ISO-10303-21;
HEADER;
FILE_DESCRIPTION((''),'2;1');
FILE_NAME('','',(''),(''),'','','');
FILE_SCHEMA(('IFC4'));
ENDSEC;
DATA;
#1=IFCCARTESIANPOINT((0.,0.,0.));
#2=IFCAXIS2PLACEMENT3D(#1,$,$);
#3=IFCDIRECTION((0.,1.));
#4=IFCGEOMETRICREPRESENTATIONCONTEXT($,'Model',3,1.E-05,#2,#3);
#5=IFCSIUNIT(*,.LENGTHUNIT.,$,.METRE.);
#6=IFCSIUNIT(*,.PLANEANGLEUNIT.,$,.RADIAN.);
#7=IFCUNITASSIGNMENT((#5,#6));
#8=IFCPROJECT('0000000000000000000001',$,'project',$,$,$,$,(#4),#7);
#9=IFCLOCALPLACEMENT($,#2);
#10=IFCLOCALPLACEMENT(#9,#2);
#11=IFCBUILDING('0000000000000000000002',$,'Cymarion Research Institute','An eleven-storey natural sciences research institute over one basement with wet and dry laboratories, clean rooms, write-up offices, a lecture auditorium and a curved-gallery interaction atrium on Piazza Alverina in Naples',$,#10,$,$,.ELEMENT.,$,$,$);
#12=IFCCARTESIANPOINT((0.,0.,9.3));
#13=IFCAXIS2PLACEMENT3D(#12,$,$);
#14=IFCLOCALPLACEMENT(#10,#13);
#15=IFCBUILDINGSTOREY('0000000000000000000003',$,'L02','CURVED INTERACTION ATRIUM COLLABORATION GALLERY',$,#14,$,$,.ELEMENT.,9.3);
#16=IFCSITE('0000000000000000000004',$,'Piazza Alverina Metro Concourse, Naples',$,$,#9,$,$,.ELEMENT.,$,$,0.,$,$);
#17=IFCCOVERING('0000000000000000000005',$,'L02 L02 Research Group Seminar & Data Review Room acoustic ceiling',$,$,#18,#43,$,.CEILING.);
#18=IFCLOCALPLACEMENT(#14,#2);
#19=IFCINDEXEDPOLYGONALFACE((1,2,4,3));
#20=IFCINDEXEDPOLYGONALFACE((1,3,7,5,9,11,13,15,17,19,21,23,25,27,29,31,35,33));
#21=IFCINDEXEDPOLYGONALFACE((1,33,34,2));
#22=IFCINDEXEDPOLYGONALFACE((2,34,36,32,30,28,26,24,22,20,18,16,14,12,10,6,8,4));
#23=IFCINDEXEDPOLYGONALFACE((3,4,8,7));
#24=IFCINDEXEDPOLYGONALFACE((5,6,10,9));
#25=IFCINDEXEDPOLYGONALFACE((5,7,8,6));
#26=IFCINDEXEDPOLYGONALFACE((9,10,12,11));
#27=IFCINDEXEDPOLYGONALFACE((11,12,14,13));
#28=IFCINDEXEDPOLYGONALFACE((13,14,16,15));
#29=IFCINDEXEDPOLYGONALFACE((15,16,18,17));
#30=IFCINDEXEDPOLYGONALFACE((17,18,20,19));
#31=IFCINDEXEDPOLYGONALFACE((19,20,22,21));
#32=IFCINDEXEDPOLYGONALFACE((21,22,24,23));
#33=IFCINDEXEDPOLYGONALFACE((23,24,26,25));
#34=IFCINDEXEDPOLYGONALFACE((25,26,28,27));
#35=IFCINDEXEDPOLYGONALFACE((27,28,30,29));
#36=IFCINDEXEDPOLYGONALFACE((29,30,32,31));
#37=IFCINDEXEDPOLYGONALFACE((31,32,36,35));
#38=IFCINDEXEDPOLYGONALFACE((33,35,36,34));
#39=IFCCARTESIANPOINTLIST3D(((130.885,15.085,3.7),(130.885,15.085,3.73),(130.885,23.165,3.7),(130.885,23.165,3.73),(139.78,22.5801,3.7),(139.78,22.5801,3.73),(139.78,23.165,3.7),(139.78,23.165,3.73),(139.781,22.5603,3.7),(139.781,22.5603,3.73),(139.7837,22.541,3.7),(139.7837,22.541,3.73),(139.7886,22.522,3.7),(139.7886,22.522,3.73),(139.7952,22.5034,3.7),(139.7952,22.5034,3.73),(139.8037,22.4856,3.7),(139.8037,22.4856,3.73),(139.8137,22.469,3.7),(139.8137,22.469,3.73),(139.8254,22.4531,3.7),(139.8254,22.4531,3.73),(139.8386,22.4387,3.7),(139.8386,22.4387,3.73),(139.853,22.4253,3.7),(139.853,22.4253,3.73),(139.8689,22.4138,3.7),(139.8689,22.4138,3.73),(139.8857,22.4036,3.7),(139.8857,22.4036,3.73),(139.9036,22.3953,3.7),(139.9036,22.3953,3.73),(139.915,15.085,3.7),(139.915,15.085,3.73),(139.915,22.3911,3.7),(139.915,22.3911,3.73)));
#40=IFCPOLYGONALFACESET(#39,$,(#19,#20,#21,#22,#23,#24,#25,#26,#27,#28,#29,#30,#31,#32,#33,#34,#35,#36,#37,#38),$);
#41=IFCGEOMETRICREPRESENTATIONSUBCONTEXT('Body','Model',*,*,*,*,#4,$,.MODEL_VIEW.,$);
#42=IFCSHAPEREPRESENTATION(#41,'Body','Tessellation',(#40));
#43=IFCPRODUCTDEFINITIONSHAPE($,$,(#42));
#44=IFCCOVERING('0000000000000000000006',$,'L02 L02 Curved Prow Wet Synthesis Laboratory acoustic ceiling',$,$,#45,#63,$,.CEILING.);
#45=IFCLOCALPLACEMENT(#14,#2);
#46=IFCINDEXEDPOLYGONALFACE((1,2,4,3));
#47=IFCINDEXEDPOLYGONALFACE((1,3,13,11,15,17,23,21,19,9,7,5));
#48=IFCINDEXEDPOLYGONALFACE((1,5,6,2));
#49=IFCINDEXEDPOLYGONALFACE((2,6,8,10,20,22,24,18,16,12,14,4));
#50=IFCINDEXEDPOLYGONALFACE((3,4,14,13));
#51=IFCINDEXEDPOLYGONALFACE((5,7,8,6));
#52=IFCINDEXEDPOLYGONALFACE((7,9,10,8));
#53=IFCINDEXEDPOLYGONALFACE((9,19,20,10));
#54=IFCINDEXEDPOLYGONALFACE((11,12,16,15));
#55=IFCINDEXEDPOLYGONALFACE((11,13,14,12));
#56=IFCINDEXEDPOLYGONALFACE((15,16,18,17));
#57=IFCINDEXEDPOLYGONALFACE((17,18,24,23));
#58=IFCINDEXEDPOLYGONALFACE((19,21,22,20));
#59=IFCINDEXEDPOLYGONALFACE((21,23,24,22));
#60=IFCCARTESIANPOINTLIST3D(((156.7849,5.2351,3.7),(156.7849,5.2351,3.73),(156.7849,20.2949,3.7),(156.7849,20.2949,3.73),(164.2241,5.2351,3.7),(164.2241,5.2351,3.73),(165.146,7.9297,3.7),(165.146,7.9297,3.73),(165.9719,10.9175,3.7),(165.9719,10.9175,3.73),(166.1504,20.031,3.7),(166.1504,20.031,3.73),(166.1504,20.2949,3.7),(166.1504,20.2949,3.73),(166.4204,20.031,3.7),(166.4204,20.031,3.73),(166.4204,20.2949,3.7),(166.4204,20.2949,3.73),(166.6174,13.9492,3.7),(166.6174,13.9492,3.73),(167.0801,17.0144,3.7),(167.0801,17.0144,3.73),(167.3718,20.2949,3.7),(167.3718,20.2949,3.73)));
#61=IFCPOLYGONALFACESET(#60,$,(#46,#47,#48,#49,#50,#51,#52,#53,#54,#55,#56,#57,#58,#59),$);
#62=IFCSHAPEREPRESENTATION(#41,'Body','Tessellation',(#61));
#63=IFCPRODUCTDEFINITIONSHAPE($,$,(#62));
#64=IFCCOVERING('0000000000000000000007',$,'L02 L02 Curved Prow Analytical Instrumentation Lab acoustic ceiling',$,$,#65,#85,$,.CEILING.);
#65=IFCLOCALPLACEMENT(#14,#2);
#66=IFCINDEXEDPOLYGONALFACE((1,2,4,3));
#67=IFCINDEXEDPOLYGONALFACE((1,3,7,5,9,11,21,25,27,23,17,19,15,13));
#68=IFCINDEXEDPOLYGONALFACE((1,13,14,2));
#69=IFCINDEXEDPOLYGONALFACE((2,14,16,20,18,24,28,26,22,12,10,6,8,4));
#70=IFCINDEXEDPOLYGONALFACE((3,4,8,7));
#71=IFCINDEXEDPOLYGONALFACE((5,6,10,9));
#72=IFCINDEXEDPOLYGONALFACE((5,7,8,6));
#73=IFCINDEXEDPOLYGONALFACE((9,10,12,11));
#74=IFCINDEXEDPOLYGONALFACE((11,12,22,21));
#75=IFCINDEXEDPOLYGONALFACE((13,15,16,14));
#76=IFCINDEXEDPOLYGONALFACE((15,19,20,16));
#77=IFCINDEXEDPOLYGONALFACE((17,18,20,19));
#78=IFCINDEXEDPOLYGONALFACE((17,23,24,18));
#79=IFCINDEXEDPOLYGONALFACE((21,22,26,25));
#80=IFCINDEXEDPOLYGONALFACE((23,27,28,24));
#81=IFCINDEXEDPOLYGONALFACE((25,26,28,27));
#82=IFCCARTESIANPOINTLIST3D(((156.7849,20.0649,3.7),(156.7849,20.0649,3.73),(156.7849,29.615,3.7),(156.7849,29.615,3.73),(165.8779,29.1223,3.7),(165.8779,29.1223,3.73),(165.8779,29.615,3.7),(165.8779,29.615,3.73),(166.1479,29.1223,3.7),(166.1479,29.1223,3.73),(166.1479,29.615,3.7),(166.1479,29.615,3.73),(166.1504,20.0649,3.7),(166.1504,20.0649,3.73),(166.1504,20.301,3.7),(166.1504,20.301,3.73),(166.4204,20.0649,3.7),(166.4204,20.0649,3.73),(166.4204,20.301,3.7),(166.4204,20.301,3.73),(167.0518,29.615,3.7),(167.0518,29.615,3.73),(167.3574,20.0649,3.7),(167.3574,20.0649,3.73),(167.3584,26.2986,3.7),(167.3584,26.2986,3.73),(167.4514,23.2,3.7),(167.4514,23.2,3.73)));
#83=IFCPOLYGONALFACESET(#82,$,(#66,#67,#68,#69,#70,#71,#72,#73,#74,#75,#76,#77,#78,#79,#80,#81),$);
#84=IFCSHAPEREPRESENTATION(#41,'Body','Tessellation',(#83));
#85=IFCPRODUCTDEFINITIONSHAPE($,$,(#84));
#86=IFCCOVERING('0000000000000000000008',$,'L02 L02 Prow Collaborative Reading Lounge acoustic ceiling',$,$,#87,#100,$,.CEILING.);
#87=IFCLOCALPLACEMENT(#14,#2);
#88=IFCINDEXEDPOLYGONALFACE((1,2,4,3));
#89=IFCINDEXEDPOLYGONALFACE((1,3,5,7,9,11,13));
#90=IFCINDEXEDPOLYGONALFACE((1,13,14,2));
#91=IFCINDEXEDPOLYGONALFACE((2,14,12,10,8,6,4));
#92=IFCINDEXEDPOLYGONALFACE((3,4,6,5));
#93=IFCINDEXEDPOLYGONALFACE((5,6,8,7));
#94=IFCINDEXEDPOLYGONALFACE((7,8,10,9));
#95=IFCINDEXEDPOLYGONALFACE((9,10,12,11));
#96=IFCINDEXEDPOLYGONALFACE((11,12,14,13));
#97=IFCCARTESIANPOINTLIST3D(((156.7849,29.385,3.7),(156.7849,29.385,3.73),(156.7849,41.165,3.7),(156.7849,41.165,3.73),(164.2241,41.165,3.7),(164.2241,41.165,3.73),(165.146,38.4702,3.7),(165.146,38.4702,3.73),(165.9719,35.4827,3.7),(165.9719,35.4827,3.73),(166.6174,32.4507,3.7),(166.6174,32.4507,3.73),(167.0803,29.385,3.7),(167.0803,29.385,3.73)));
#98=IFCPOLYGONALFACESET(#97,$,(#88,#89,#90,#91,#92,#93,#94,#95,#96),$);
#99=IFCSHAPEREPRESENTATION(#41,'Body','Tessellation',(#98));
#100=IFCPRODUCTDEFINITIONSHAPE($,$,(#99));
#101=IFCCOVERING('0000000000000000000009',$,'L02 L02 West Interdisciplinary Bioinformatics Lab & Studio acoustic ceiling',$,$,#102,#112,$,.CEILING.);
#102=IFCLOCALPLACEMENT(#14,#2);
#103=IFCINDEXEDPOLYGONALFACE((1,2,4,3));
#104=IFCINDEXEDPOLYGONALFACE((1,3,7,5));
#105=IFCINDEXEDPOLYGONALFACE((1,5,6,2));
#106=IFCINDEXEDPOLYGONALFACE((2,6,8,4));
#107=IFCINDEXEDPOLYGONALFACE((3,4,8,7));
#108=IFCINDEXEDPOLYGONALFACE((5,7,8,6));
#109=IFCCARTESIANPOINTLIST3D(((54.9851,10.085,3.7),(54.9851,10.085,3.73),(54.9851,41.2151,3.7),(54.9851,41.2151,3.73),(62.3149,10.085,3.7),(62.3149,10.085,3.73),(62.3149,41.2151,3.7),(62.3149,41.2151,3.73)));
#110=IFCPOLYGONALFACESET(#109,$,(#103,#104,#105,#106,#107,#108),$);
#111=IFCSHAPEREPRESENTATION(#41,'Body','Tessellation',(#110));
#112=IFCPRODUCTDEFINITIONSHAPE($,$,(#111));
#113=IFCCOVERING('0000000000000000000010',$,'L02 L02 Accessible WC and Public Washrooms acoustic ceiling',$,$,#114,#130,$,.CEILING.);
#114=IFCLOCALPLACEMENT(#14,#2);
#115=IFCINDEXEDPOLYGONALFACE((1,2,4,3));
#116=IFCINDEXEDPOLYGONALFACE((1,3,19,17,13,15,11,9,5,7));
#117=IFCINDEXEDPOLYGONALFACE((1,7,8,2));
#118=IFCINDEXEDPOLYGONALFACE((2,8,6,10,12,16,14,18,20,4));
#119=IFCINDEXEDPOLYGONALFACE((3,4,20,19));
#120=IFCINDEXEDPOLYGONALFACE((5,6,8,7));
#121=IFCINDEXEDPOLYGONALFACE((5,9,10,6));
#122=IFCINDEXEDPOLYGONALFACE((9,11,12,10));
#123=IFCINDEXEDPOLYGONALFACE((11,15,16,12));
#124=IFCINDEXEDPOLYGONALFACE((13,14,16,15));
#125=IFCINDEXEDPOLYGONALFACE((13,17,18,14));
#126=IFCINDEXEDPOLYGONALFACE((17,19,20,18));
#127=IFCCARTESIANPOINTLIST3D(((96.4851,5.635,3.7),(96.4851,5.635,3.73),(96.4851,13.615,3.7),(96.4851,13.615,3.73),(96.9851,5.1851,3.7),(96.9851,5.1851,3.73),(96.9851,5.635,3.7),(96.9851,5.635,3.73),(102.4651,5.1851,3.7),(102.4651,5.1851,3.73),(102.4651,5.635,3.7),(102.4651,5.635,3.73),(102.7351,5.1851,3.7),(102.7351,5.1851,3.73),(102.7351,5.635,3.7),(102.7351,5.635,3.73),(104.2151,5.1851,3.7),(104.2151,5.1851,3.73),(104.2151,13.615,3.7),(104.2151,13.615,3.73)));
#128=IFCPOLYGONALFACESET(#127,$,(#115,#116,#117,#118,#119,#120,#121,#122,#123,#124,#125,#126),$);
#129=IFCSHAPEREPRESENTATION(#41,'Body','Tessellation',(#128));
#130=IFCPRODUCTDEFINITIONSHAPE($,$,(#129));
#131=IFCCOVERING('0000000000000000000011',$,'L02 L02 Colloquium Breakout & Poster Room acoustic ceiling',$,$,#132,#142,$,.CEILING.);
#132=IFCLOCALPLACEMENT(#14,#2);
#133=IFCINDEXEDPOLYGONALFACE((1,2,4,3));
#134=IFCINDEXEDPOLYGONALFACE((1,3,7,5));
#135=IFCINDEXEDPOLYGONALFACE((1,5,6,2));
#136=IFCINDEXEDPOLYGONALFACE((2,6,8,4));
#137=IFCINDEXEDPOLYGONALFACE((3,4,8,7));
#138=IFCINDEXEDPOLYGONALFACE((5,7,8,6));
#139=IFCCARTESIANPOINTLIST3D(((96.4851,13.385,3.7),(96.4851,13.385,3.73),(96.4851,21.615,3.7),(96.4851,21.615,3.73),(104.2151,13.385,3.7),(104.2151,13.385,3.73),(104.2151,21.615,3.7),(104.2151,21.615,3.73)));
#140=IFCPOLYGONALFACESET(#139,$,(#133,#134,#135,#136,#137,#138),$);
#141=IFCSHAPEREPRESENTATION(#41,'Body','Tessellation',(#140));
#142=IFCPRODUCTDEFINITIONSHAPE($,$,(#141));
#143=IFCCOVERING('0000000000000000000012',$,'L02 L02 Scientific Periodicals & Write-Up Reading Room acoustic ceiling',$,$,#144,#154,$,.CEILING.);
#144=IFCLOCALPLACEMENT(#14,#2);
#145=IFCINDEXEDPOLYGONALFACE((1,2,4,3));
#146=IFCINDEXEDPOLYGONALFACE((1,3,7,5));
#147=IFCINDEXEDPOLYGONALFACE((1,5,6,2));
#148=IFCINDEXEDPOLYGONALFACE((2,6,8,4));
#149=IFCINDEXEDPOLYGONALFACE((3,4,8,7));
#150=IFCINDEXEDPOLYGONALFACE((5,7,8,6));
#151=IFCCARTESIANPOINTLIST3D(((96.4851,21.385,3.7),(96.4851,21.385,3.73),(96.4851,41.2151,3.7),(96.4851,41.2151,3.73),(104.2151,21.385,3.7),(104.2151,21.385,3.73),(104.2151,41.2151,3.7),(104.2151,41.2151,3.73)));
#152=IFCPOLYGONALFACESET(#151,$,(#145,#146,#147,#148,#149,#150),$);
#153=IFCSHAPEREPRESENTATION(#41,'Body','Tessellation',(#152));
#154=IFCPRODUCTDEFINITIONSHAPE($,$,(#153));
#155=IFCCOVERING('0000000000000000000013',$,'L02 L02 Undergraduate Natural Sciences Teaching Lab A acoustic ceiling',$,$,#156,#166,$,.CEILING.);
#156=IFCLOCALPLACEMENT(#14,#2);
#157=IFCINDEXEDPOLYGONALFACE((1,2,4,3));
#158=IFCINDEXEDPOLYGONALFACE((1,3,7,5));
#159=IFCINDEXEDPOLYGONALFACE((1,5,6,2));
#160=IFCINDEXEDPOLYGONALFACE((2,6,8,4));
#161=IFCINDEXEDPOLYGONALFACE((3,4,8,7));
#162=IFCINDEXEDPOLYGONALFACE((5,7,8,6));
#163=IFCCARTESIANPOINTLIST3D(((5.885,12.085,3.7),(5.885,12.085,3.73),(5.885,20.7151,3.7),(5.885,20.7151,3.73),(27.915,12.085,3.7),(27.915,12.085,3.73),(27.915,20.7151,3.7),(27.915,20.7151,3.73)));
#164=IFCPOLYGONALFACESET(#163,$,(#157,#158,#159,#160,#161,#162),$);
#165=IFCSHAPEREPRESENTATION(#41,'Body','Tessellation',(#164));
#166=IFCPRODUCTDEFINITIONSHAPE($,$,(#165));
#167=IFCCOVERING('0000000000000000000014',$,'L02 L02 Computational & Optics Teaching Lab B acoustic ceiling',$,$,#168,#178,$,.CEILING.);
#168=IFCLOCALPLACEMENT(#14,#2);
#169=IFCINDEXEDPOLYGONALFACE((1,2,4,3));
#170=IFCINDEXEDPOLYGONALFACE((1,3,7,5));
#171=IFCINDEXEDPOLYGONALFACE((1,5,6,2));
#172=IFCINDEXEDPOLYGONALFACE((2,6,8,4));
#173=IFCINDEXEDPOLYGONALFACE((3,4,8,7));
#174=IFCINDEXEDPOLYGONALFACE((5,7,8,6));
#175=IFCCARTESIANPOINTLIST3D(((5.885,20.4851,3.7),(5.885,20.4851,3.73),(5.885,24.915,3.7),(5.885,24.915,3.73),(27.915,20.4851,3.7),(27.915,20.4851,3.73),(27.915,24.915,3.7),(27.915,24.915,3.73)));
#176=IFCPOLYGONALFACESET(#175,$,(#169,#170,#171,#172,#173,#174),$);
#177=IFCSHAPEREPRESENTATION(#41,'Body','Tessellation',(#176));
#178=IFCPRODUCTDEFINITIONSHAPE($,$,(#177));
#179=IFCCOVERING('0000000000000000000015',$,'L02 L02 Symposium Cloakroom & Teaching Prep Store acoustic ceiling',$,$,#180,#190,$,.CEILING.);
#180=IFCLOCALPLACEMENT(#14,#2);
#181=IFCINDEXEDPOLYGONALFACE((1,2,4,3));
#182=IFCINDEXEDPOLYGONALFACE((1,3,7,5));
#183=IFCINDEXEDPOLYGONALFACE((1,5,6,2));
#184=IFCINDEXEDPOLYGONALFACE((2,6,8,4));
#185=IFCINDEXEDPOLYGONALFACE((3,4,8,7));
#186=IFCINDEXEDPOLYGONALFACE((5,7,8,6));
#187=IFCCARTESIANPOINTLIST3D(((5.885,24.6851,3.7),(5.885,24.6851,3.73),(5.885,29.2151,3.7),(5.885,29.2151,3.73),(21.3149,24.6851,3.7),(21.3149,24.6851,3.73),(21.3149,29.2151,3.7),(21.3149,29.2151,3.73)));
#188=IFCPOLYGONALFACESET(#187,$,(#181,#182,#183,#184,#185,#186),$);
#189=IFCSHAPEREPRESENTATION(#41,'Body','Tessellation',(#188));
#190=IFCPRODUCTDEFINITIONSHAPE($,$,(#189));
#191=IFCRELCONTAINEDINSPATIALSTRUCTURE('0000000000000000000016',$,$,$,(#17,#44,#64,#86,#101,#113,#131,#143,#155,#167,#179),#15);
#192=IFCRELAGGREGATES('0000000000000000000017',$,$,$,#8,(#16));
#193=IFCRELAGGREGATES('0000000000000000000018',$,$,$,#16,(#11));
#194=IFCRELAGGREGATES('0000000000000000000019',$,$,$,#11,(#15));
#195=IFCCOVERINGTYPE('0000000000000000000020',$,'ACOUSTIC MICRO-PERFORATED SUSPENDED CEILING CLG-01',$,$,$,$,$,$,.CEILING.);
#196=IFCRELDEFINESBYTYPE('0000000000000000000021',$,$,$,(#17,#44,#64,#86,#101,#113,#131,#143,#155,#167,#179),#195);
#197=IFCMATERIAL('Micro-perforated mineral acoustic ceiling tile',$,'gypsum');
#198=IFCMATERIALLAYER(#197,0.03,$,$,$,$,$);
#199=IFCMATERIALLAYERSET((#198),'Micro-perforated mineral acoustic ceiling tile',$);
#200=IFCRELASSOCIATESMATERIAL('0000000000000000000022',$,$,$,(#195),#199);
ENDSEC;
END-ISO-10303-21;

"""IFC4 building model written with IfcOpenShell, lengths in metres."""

from ifc_helpers import new_model, si_unit, direction, frame, origin, place, context, subcontext, project, spatial, polyline, outline, extrude, material, layer, layer_set, type_object, element, save


model = new_model("IFC4")

# Units and contexts
model_context = context("Model", 3, precision=1e-05, world=origin(), true_north=direction((0.0, 1.0)))
body_context = subcontext(model_context, "Body", "Model", "MODEL_VIEW")
ifc_project = project(units=[si_unit("LENGTHUNIT", "METRE"), si_unit("PLANEANGLEUNIT", "RADIAN")], contexts=[model_context])

# Site, building, storey
site_placement = place(None, origin())
site = spatial("IfcSite", under=ifc_project, at=site_placement, Name="Piazza Alverina Metro Concourse, Naples", CompositionType="ELEMENT", RefElevation=0.0)
building_placement = place(site_placement, origin())
building = spatial("IfcBuilding", under=site, at=building_placement, Name="Cymarion Research Institute", Description="An eleven-storey natural sciences research institute over one basement with wet and dry laboratories, clean rooms, write-up offices, a lecture auditorium and a curved-gallery interaction atrium on Piazza Alverina in Naples", CompositionType="ELEMENT")
storey_placement = place(building_placement, frame((0.0, 0.0, 9.3)))
storey = spatial("IfcBuildingStorey", under=building, at=storey_placement, Name="L02", Description="CURVED INTERACTION ATRIUM COLLABORATION GALLERY", CompositionType="ELEMENT", Elevation=9.3)

# Coverings
ifc_material_1 = material(Name="Micro-perforated mineral acoustic ceiling tile", Category="gypsum")
ifc_layer_1 = layer(ifc_material_1, 0.03)
ifc_layer_set_1 = layer_set([ifc_layer_1], Name="Micro-perforated mineral acoustic ceiling tile")
covering_type = type_object("IfcCoveringType", Name="ACOUSTIC MICRO-PERFORATED SUSPENDED CEILING CLG-01", PredefinedType="CEILING", material=ifc_layer_set_1)
covering_1_placement = place(storey_placement, frame((0.0, 0.0, 3.7)))
element("IfcCovering", 1, at=covering_1_placement, inside=storey, type_object=covering_type, Name="L02 L02 Research Group Seminar & Data Review Room acoustic ceiling", PredefinedType="CEILING", context=body_context, shape_type="SweptSolid", body=[
    extrude(outline(polyline([(139.78, 23.165), (139.78, 22.5801), (139.781, 22.5603), (139.7837, 22.541), (139.7886, 22.522), (139.7952, 22.5034), (139.8037, 22.4856), (139.8137, 22.469), (139.8254, 22.4531), (139.8386, 22.4387), (139.853, 22.4253), (139.8689, 22.4138), (139.8857, 22.4036), (139.9036, 22.3953), (139.915, 22.3911), (139.915, 15.085), (130.885, 15.085), (130.885, 23.165), (139.78, 23.165)])), origin(), (0.0, 0.0, 1.0), 0.03),
])
covering_2_placement = place(storey_placement, frame((0.0, 0.0, 3.7)))
element("IfcCovering", 2, at=covering_2_placement, inside=storey, type_object=covering_type, Name="L02 L02 Curved Prow Wet Synthesis Laboratory acoustic ceiling", PredefinedType="CEILING", context=body_context, shape_type="SweptSolid", body=[
    extrude(outline(polyline([(166.1504, 20.2949), (166.1504, 20.031), (166.4204, 20.031), (166.4204, 20.2949), (167.3718, 20.2949), (167.0801, 17.0144), (166.6174, 13.9492), (165.9719, 10.9175), (165.146, 7.9297), (164.2241, 5.2351), (156.7849, 5.2351), (156.7849, 20.2949), (166.1504, 20.2949)])), origin(), (0.0, 0.0, 1.0), 0.03),
])
covering_3_placement = place(storey_placement, frame((0.0, 0.0, 3.7)))
element("IfcCovering", 3, at=covering_3_placement, inside=storey, type_object=covering_type, Name="L02 L02 Curved Prow Analytical Instrumentation Lab acoustic ceiling", PredefinedType="CEILING", context=body_context, shape_type="SweptSolid", body=[
    extrude(outline(polyline([(165.8779, 29.615), (165.8779, 29.1223), (166.1479, 29.1223), (166.1479, 29.615), (167.0518, 29.615), (167.3584, 26.2986), (167.4514, 23.2), (167.3574, 20.0649), (166.4204, 20.0649), (166.4204, 20.301), (166.1504, 20.301), (166.1504, 20.0649), (156.7849, 20.0649), (156.7849, 29.615), (165.8779, 29.615)])), origin(), (0.0, 0.0, 1.0), 0.03),
])
covering_4_placement = place(storey_placement, frame((0.0, 0.0, 3.7)))
element("IfcCovering", 4, at=covering_4_placement, inside=storey, type_object=covering_type, Name="L02 L02 Prow Collaborative Reading Lounge acoustic ceiling", PredefinedType="CEILING", context=body_context, shape_type="SweptSolid", body=[
    extrude(outline(polyline([(164.2241, 41.165), (165.146, 38.4702), (165.9719, 35.4827), (166.6174, 32.4507), (167.0803, 29.385), (156.7849, 29.385), (156.7849, 41.165), (164.2241, 41.165)])), origin(), (0.0, 0.0, 1.0), 0.03),
])
covering_5_placement = place(storey_placement, frame((0.0, 0.0, 3.7)))
element("IfcCovering", 5, at=covering_5_placement, inside=storey, type_object=covering_type, Name="L02 L02 West Interdisciplinary Bioinformatics Lab & Studio acoustic ceiling", PredefinedType="CEILING", context=body_context, shape_type="SweptSolid", body=[
    extrude(outline(polyline([(62.3149, 41.2151), (62.3149, 10.085), (54.9851, 10.085), (54.9851, 41.2151), (62.3149, 41.2151)])), origin(), (0.0, 0.0, 1.0), 0.03),
])
covering_6_placement = place(storey_placement, frame((0.0, 0.0, 3.7)))
element("IfcCovering", 6, at=covering_6_placement, inside=storey, type_object=covering_type, Name="L02 L02 Accessible WC and Public Washrooms acoustic ceiling", PredefinedType="CEILING", context=body_context, shape_type="SweptSolid", body=[
    extrude(outline(polyline([(104.2151, 13.615), (104.2151, 5.1851), (102.7351, 5.1851), (102.7351, 5.635), (102.4651, 5.635), (102.4651, 5.1851), (96.9851, 5.1851), (96.9851, 5.635), (96.4851, 5.635), (96.4851, 13.615), (104.2151, 13.615)])), origin(), (0.0, 0.0, 1.0), 0.03),
])
covering_7_placement = place(storey_placement, frame((0.0, 0.0, 3.7)))
element("IfcCovering", 7, at=covering_7_placement, inside=storey, type_object=covering_type, Name="L02 L02 Colloquium Breakout & Poster Room acoustic ceiling", PredefinedType="CEILING", context=body_context, shape_type="SweptSolid", body=[
    extrude(outline(polyline([(104.2151, 21.615), (104.2151, 13.385), (96.4851, 13.385), (96.4851, 21.615), (104.2151, 21.615)])), origin(), (0.0, 0.0, 1.0), 0.03),
])
covering_8_placement = place(storey_placement, frame((0.0, 0.0, 3.7)))
element("IfcCovering", 8, at=covering_8_placement, inside=storey, type_object=covering_type, Name="L02 L02 Scientific Periodicals & Write-Up Reading Room acoustic ceiling", PredefinedType="CEILING", context=body_context, shape_type="SweptSolid", body=[
    extrude(outline(polyline([(104.2151, 41.2151), (104.2151, 21.385), (96.4851, 21.385), (96.4851, 41.2151), (104.2151, 41.2151)])), origin(), (0.0, 0.0, 1.0), 0.03),
])
covering_9_placement = place(storey_placement, frame((0.0, 0.0, 3.7)))
element("IfcCovering", 9, at=covering_9_placement, inside=storey, type_object=covering_type, Name="L02 L02 Undergraduate Natural Sciences Teaching Lab A acoustic ceiling", PredefinedType="CEILING", context=body_context, shape_type="SweptSolid", body=[
    extrude(outline(polyline([(27.915, 20.7151), (27.915, 12.085), (5.885, 12.085), (5.885, 20.7151), (27.915, 20.7151)])), origin(), (0.0, 0.0, 1.0), 0.03),
])
covering_10_placement = place(storey_placement, frame((0.0, 0.0, 3.7)))
element("IfcCovering", 10, at=covering_10_placement, inside=storey, type_object=covering_type, Name="L02 L02 Computational & Optics Teaching Lab B acoustic ceiling", PredefinedType="CEILING", context=body_context, shape_type="SweptSolid", body=[
    extrude(outline(polyline([(27.915, 24.915), (27.915, 20.4851), (5.885, 20.4851), (5.885, 24.915), (27.915, 24.915)])), origin(), (0.0, 0.0, 1.0), 0.03),
])
covering_11_placement = place(storey_placement, frame((0.0, 0.0, 3.7)))
element("IfcCovering", 11, at=covering_11_placement, inside=storey, type_object=covering_type, Name="L02 L02 Symposium Cloakroom & Teaching Prep Store acoustic ceiling", PredefinedType="CEILING", context=body_context, shape_type="SweptSolid", body=[
    extrude(outline(polyline([(21.3149, 29.2151), (21.3149, 24.6851), (5.885, 24.6851), (5.885, 29.2151), (21.3149, 29.2151)])), origin(), (0.0, 0.0, 1.0), 0.03),
])

save(model, "model.ifc")
